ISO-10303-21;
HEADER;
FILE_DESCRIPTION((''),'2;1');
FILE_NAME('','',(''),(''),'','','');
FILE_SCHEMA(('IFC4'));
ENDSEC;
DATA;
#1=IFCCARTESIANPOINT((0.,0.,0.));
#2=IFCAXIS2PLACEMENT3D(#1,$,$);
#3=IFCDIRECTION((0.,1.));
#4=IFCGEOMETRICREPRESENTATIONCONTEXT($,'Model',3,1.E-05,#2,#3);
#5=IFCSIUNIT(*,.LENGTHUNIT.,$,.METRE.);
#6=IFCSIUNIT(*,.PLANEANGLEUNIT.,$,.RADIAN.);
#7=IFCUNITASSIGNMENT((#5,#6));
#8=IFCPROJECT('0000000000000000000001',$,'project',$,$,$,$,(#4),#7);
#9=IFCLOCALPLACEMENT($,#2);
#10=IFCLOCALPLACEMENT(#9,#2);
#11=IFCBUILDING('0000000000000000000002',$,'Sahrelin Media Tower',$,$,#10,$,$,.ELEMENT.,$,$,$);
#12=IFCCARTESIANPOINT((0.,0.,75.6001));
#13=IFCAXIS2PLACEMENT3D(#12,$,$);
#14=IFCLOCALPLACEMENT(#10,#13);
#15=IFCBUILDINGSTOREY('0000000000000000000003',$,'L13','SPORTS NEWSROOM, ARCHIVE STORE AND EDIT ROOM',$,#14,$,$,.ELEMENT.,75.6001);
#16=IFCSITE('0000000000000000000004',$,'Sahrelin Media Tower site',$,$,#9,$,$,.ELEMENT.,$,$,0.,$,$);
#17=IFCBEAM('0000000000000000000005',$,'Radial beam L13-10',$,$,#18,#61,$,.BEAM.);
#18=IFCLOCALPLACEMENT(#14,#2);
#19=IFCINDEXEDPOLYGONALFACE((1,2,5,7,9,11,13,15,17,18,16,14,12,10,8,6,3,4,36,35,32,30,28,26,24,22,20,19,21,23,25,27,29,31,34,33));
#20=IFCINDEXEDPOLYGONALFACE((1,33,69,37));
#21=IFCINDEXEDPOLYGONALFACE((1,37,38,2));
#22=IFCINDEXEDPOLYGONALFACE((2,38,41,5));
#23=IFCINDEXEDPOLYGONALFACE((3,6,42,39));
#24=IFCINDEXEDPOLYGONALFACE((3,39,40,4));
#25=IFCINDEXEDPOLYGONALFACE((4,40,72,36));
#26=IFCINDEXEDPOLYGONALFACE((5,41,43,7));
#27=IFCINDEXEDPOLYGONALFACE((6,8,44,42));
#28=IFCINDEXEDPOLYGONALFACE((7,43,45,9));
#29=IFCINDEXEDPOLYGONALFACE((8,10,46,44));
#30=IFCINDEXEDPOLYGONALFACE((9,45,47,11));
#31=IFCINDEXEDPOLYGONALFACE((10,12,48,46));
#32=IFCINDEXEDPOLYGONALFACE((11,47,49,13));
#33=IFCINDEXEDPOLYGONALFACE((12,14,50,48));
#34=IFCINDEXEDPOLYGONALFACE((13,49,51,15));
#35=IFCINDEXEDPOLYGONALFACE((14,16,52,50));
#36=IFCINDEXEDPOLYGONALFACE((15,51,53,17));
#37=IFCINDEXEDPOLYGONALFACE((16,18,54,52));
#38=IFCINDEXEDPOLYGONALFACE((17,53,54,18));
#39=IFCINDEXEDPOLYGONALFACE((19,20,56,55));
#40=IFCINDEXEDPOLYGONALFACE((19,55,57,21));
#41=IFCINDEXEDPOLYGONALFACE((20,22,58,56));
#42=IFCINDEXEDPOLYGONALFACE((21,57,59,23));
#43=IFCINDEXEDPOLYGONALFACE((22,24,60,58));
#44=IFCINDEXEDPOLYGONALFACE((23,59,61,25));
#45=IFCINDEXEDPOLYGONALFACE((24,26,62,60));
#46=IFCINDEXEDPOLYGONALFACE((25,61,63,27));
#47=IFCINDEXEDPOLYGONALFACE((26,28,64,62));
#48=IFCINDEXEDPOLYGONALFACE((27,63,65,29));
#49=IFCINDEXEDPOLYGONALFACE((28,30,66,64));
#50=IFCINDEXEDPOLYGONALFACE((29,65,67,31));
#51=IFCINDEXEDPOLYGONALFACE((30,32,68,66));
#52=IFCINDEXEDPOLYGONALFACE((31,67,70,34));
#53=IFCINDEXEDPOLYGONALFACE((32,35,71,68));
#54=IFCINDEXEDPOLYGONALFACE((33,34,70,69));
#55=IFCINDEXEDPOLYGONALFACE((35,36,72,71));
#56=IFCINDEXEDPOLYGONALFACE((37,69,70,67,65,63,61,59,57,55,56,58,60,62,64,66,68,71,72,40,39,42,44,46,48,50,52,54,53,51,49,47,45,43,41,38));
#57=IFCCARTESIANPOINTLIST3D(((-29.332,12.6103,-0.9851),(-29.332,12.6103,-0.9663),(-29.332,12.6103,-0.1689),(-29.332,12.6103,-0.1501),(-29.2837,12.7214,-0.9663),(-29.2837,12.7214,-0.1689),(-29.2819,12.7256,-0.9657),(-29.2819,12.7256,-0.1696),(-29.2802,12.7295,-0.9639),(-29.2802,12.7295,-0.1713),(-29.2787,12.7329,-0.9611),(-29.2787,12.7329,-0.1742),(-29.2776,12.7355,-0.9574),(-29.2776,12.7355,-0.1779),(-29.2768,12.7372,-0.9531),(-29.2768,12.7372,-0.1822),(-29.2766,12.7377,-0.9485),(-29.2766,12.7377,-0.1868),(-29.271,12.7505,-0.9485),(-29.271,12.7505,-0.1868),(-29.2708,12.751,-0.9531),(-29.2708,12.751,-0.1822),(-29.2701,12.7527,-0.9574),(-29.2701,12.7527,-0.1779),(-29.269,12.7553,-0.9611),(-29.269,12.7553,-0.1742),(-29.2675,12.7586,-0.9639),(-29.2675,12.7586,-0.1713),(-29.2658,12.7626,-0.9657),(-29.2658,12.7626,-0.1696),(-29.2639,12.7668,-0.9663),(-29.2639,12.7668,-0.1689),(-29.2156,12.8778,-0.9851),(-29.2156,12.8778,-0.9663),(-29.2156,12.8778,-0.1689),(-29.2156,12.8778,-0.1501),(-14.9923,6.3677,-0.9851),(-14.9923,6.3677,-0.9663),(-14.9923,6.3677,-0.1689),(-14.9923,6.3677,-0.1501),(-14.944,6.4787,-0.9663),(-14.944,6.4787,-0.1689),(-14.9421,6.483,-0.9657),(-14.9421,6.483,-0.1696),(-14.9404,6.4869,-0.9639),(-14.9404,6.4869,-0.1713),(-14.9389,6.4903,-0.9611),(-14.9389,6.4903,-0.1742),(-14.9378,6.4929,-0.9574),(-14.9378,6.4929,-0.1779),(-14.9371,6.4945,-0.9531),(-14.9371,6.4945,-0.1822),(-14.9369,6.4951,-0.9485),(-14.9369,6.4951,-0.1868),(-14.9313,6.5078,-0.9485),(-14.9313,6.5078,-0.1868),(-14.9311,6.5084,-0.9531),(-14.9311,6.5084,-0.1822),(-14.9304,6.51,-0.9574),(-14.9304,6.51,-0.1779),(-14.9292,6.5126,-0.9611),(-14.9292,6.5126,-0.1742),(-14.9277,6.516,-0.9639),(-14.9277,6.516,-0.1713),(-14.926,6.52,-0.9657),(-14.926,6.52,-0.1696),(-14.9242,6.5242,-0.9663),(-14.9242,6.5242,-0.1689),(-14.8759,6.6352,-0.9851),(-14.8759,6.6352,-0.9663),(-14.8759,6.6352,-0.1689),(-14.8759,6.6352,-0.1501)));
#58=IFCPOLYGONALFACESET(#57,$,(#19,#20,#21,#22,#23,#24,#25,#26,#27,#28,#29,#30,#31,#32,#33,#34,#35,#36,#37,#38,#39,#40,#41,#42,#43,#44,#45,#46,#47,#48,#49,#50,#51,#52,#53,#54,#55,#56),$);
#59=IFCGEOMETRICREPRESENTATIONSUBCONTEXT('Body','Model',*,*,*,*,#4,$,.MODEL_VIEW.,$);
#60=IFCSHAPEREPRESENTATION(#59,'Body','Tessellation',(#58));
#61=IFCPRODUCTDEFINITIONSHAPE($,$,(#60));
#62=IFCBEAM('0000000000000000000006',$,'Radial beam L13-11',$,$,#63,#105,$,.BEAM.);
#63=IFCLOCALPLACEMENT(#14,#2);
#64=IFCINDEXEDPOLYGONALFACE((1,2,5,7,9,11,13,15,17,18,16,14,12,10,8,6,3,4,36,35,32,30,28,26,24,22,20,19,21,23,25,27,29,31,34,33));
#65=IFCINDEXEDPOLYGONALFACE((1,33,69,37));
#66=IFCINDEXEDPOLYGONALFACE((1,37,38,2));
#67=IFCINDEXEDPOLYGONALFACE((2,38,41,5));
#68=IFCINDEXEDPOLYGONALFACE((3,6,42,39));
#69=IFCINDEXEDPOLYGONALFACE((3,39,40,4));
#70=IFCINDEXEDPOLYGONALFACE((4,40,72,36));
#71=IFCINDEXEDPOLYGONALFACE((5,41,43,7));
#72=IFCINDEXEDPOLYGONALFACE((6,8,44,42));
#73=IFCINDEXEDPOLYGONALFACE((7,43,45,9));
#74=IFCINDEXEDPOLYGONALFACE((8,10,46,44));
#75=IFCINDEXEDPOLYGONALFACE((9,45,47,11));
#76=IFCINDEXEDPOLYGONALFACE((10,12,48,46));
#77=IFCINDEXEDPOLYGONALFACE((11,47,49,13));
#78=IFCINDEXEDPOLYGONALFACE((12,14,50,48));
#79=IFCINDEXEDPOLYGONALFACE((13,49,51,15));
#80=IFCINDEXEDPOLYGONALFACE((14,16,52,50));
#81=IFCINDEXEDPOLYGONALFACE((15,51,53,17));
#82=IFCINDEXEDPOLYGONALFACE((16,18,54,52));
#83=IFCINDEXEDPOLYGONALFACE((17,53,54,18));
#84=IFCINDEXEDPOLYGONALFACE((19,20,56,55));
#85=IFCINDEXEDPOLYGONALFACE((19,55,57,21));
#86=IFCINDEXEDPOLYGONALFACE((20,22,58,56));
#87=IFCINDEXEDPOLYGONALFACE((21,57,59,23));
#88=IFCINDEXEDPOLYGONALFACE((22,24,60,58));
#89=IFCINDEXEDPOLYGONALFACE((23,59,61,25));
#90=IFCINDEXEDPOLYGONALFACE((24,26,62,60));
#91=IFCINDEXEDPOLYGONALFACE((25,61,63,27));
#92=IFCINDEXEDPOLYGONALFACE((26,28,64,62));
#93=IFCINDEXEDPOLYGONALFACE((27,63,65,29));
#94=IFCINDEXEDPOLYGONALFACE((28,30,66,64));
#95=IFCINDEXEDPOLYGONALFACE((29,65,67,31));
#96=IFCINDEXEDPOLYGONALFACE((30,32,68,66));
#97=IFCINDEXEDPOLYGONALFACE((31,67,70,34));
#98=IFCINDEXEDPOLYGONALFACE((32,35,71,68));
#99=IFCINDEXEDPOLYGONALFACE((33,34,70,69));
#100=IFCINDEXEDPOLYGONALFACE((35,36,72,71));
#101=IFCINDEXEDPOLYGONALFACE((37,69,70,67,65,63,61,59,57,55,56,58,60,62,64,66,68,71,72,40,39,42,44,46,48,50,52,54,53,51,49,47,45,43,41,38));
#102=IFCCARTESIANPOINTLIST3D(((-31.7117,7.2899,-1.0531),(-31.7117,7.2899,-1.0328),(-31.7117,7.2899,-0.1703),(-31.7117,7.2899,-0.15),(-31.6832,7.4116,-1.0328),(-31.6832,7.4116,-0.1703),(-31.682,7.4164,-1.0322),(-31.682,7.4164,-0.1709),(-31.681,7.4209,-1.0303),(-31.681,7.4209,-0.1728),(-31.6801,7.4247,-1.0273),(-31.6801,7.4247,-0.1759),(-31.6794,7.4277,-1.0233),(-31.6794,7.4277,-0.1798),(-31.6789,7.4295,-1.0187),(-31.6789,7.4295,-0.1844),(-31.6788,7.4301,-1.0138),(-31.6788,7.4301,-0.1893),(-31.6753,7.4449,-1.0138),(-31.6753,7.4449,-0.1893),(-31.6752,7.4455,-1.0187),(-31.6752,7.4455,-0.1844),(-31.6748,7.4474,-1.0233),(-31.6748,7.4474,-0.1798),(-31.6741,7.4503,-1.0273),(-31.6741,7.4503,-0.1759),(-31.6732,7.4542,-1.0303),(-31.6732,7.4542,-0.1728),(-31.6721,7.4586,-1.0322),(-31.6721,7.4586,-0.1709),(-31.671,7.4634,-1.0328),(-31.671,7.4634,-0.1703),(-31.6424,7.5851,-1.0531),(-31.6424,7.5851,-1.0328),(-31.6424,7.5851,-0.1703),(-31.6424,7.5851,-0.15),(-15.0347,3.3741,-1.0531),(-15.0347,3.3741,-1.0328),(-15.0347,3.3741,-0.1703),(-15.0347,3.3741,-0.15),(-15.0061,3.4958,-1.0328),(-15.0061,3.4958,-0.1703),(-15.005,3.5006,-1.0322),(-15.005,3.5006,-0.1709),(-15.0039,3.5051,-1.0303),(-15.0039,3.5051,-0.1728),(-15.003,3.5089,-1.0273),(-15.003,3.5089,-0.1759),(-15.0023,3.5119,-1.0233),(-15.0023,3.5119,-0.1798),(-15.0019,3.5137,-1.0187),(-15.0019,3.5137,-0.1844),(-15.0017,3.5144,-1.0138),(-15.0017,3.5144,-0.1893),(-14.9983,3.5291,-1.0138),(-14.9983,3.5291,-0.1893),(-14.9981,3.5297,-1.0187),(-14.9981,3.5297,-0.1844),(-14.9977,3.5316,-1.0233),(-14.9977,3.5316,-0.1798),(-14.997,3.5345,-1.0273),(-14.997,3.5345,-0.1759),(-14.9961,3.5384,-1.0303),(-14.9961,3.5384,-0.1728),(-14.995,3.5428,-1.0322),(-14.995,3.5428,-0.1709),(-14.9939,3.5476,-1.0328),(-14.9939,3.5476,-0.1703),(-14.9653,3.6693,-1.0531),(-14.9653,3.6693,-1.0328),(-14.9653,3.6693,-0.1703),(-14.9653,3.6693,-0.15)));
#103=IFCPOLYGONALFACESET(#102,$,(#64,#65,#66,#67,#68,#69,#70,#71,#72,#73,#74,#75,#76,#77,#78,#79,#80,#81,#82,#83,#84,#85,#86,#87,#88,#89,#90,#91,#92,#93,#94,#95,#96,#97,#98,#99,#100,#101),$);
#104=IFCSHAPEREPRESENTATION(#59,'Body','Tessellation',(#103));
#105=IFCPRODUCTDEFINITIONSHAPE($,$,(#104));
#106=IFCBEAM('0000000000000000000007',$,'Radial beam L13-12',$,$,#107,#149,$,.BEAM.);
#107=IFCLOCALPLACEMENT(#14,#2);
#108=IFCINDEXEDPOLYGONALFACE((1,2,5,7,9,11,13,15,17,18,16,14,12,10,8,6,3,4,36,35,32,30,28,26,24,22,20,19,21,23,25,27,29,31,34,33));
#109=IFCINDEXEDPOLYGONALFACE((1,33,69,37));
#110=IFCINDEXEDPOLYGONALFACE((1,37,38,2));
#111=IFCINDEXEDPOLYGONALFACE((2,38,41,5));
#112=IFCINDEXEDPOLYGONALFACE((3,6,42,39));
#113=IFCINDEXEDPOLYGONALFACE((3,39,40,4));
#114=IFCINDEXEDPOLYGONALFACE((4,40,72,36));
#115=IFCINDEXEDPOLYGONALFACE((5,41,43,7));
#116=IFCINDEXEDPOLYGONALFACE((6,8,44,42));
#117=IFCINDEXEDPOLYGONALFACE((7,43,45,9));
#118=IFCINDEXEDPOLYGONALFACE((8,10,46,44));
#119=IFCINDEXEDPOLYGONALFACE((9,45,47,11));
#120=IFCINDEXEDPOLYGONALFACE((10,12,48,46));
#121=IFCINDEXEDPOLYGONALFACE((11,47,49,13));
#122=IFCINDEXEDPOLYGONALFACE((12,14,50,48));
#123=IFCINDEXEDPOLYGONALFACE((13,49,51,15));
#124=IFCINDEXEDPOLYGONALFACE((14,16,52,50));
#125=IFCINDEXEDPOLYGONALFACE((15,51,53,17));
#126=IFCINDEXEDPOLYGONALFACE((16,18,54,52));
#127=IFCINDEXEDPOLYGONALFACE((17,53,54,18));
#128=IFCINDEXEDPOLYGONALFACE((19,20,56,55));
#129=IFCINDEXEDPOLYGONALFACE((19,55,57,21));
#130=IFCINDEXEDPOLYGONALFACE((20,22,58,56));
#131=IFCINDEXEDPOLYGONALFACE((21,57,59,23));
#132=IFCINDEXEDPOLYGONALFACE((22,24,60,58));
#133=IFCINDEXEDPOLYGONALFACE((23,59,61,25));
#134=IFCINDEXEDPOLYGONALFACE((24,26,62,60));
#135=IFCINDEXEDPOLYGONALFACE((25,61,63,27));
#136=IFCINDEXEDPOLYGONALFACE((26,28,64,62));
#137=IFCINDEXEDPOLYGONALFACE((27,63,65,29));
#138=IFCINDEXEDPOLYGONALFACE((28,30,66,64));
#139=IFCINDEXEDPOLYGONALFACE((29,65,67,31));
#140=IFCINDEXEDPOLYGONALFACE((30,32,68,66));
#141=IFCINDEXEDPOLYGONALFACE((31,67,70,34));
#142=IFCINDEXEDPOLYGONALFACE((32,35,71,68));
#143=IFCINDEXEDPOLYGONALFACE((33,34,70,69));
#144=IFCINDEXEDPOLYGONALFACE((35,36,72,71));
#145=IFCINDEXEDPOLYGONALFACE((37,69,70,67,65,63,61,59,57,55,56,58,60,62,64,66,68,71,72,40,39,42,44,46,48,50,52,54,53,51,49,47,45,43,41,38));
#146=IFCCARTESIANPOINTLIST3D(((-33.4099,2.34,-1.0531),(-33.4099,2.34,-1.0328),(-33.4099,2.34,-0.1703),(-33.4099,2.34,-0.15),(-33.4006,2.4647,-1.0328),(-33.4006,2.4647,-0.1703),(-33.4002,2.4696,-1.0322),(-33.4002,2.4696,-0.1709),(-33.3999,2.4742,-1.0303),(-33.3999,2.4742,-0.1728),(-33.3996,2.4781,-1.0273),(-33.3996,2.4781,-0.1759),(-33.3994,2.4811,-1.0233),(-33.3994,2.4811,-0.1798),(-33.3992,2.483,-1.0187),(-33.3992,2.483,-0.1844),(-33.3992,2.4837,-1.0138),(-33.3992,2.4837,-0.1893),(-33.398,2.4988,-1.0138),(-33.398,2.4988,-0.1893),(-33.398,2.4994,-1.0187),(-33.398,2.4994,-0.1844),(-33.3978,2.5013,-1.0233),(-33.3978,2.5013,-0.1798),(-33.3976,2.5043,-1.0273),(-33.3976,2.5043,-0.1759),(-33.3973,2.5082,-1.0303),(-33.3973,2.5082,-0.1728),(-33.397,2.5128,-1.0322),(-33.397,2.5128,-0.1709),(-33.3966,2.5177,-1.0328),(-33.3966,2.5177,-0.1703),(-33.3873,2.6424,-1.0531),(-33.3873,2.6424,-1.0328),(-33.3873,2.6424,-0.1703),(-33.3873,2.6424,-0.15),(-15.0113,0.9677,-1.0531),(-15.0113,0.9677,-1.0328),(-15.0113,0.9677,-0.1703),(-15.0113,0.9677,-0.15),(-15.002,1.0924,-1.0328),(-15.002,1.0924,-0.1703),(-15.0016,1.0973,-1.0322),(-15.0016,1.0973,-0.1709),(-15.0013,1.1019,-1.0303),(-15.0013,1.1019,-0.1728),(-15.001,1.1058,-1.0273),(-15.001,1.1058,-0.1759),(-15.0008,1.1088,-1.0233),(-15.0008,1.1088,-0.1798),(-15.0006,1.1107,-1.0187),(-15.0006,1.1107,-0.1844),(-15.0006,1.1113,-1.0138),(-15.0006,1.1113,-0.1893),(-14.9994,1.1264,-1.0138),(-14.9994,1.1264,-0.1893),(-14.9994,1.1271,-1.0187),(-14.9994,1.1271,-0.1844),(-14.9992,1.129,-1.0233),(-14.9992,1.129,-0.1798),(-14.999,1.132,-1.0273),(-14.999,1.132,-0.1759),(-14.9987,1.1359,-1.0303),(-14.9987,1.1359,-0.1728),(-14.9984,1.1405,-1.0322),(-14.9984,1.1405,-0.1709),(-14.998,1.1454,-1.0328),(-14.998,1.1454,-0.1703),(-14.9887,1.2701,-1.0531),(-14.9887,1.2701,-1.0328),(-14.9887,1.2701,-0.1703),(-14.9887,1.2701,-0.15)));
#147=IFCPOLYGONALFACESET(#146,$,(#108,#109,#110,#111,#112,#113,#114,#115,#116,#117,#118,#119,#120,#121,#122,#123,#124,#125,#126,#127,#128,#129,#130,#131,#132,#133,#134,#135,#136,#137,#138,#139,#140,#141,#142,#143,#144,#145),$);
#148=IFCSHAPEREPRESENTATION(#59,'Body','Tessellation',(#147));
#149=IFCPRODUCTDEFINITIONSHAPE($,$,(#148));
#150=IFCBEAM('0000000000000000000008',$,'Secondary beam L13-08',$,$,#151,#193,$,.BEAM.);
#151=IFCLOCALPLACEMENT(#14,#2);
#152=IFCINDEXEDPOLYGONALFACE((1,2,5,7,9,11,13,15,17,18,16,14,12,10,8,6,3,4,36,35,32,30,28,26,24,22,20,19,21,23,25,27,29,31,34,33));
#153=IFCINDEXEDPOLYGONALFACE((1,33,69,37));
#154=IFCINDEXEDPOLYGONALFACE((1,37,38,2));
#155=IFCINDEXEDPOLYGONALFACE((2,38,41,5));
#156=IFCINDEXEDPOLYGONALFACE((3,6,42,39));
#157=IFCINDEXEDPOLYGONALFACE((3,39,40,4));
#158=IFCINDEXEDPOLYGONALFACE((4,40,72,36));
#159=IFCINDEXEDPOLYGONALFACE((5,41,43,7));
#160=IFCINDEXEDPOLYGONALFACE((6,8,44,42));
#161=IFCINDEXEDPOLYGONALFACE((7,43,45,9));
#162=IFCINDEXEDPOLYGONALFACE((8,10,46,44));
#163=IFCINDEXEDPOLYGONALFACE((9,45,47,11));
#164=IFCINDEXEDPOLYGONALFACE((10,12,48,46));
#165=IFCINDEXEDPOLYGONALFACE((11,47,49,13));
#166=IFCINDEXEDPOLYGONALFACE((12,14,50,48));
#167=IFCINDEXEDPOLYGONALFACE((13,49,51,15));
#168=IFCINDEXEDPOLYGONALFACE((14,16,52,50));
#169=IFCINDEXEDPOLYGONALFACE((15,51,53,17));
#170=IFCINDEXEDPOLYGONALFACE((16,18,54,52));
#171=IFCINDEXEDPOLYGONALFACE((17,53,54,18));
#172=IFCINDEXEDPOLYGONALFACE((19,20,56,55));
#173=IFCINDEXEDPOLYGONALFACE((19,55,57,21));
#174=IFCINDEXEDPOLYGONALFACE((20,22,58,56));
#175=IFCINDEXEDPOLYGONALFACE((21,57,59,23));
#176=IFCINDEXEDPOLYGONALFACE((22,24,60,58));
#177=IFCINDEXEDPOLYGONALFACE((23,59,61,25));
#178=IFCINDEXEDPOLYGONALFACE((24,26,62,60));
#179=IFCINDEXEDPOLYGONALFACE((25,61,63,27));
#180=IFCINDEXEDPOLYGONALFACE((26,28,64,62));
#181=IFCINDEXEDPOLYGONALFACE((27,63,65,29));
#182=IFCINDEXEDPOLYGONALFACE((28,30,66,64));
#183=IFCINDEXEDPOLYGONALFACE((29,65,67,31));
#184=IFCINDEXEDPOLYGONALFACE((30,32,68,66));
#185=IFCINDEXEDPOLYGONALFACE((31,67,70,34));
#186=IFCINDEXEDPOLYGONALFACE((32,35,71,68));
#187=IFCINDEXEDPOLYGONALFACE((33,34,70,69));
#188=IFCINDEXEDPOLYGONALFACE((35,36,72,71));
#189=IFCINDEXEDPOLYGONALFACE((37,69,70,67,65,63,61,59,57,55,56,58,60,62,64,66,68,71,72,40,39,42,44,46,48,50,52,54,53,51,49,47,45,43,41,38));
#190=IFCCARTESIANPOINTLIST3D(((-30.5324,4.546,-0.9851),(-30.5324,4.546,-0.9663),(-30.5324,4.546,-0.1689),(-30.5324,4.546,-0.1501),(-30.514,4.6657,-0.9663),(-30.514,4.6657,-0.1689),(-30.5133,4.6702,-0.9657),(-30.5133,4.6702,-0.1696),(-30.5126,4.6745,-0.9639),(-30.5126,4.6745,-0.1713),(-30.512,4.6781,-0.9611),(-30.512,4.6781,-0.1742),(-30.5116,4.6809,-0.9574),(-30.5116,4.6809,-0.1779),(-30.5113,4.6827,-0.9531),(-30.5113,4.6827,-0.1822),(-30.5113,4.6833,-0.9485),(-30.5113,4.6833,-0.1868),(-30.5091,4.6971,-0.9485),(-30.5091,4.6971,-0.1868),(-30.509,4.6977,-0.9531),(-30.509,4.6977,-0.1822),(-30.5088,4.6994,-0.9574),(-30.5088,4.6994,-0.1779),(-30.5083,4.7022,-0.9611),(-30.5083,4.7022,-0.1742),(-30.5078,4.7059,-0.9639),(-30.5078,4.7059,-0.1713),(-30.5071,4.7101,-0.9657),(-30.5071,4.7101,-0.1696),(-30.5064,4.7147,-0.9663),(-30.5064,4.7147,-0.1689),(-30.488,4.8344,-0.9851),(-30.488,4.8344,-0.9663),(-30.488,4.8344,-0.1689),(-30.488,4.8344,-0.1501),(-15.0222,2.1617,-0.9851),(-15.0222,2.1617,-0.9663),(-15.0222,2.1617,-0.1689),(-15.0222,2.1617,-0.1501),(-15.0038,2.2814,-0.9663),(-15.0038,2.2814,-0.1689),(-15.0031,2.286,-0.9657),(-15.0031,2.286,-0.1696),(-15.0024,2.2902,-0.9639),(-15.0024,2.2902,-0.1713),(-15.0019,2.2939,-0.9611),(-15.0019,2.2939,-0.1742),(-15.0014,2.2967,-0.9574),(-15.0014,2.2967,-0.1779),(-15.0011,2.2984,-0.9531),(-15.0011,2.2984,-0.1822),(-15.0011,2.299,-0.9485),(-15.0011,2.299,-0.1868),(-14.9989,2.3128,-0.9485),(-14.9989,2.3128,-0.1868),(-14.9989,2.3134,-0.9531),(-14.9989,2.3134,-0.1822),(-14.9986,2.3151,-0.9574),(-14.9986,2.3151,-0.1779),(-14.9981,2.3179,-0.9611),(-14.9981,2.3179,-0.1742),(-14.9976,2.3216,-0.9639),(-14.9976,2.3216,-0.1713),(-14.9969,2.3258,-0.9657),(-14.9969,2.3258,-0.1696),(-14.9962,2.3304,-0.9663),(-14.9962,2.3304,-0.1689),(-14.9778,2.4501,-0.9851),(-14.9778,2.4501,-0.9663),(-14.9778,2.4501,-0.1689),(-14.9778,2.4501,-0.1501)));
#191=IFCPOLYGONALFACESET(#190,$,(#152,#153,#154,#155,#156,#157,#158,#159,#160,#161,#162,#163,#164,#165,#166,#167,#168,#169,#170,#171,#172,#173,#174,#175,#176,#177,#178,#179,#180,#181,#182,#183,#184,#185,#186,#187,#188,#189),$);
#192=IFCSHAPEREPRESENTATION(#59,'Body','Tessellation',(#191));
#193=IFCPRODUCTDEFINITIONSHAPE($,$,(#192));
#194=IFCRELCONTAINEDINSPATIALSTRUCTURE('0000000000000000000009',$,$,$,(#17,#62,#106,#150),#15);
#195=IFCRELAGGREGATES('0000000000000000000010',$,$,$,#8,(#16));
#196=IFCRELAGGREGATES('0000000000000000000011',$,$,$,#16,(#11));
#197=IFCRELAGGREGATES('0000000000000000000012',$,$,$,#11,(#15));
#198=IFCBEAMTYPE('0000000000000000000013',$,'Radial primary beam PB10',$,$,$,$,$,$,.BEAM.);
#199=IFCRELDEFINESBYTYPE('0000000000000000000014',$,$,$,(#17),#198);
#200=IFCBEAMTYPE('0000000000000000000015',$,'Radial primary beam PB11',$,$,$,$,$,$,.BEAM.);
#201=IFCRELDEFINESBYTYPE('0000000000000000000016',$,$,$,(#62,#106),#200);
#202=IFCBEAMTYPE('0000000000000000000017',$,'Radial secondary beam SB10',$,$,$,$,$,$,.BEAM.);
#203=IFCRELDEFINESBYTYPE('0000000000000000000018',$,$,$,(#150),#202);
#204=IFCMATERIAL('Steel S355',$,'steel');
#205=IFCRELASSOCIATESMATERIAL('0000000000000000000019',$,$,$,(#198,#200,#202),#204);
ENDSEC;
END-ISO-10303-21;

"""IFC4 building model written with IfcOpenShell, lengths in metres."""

from ifc_helpers import new_model, si_unit, direction, frame, origin, origin_2d, place, context, subcontext, project, spatial, i_section, extrude, material, material_profile, profile_set, type_object, element, save


model = new_model("IFC4")

# Units and contexts
model_context = context("Model", 3, precision=1e-05, world=origin(), true_north=direction((0.0, 1.0)))
body_context = subcontext(model_context, "Body", "Model", "MODEL_VIEW")
ifc_project = project(units=[si_unit("LENGTHUNIT", "METRE"), si_unit("PLANEANGLEUNIT", "RADIAN")], contexts=[model_context])

# Site, building, storey
site_placement = place(None, origin())
site = spatial("IfcSite", under=ifc_project, at=site_placement, Name="Sahrelin Media Tower site", CompositionType="ELEMENT", RefElevation=0.0)
building_placement = place(site_placement, origin())
building = spatial("IfcBuilding", under=site, at=building_placement, Name="Sahrelin Media Tower", CompositionType="ELEMENT")
storey_placement = place(building_placement, frame((0.0, 0.0, 75.6001)))
storey = spatial("IfcBuildingStorey", under=building, at=storey_placement, Name="L13", Description="SPORTS NEWSROOM, ARCHIVE STORE AND EDIT ROOM", CompositionType="ELEMENT", Elevation=75.6001)

# Beams
ifc_material_1 = material(Name="Steel S355", Category="steel")
ifc_material_profile_1 = material_profile(ifc_material_1, i_section(OverallWidth=0.2917, OverallDepth=0.835, WebThickness=0.0139, FlangeThickness=0.0188, FilletRadius=0.0178, at=origin_2d()), Name="UB 838x292x176")
ifc_profile_set_1 = profile_set([ifc_material_profile_1], Name="Steel S355")
beam_type_1 = type_object("IfcBeamType", Name="Radial primary beam PB10", PredefinedType="BEAM", material=ifc_profile_set_1)
beam_1_placement = place(storey_placement, frame((-14.9341, 6.5015, -0.5676), z_axis=(-0.916884, 0.399154, 0.0), x_axis=(-0.399154, -0.916884, 0.0)))
element("IfcBeam", 1, at=beam_1_placement, inside=storey, type_object=beam_type_1, Name="Radial beam L13-10", PredefinedType="BEAM", context=body_context, shape_type="SweptSolid", body=[
    extrude(i_section(OverallWidth=0.2917, OverallDepth=0.835, WebThickness=0.0139, FlangeThickness=0.0188, FilletRadius=0.0178, at=origin_2d()), origin(), (0.0, 0.0, 1.0), 15.6396),
])
ifc_material_profile_2 = material_profile(ifc_material_1, i_section(OverallWidth=0.3032, OverallDepth=0.9031, WebThickness=0.0151, FlangeThickness=0.0203, FilletRadius=0.019, at=origin_2d()), Name="UB 914x305x201")
ifc_profile_set_2 = profile_set([ifc_material_profile_2], Name="Steel S355")
beam_type_2 = type_object("IfcBeamType", Name="Radial primary beam PB11", PredefinedType="BEAM", material=ifc_profile_set_2)
beam_2_placement = place(storey_placement, frame((-15.0, 3.5217, -0.6016), z_axis=(-0.973524, 0.228584, 0.0), x_axis=(-0.228584, -0.973524, 0.0)))
element("IfcBeam", 2, at=beam_2_placement, inside=storey, type_object=beam_type_2, Name="Radial beam L13-11", PredefinedType="BEAM", context=body_context, shape_type="SweptSolid", body=[
    extrude(i_section(OverallWidth=0.3032, OverallDepth=0.9031, WebThickness=0.0151, FlangeThickness=0.0203, FilletRadius=0.019, at=origin_2d()), origin(), (0.0, 0.0, 1.0), 17.1306),
])
beam_3_placement = place(storey_placement, frame((-15.0, 1.1189, -0.6016), z_axis=(-0.99723, 0.074381, 0.0), x_axis=(-0.074381, -0.99723, 0.0)))
element("IfcBeam", 3, at=beam_3_placement, inside=storey, type_object=beam_type_2, Name="Radial beam L13-12", PredefinedType="BEAM", context=body_context, shape_type="SweptSolid", body=[
    extrude(i_section(OverallWidth=0.3032, OverallDepth=0.9031, WebThickness=0.0151, FlangeThickness=0.0203, FilletRadius=0.019, at=origin_2d()), origin(), (0.0, 0.0, 1.0), 18.4497),
])
ifc_material_profile_3 = material_profile(ifc_material_1, i_section(OverallWidth=0.2917, OverallDepth=0.835, WebThickness=0.0139, FlangeThickness=0.0188, FilletRadius=0.0178, at=origin_2d()), Name="UB 838x292x176")
ifc_profile_set_3 = profile_set([ifc_material_profile_3], Name="Steel S355")
beam_type_3 = type_object("IfcBeamType", Name="Radial secondary beam SB10", PredefinedType="BEAM", material=ifc_profile_set_3)
beam_4_placement = place(storey_placement, frame((-15.0, 2.3059, -0.5676), z_axis=(-0.98839, 0.151938, 0.0), x_axis=(-0.151938, -0.98839, 0.0)))
element("IfcBeam", 4, at=beam_4_placement, inside=storey, type_object=beam_type_3, Name="Secondary beam L13-08", PredefinedType="BEAM", context=body_context, shape_type="SweptSolid", body=[
    extrude(i_section(OverallWidth=0.2917, OverallDepth=0.835, WebThickness=0.0139, FlangeThickness=0.0188, FilletRadius=0.0178, at=origin_2d()), origin(), (0.0, 0.0, 1.0), 15.6924),
])

save(model, "model.ifc")
